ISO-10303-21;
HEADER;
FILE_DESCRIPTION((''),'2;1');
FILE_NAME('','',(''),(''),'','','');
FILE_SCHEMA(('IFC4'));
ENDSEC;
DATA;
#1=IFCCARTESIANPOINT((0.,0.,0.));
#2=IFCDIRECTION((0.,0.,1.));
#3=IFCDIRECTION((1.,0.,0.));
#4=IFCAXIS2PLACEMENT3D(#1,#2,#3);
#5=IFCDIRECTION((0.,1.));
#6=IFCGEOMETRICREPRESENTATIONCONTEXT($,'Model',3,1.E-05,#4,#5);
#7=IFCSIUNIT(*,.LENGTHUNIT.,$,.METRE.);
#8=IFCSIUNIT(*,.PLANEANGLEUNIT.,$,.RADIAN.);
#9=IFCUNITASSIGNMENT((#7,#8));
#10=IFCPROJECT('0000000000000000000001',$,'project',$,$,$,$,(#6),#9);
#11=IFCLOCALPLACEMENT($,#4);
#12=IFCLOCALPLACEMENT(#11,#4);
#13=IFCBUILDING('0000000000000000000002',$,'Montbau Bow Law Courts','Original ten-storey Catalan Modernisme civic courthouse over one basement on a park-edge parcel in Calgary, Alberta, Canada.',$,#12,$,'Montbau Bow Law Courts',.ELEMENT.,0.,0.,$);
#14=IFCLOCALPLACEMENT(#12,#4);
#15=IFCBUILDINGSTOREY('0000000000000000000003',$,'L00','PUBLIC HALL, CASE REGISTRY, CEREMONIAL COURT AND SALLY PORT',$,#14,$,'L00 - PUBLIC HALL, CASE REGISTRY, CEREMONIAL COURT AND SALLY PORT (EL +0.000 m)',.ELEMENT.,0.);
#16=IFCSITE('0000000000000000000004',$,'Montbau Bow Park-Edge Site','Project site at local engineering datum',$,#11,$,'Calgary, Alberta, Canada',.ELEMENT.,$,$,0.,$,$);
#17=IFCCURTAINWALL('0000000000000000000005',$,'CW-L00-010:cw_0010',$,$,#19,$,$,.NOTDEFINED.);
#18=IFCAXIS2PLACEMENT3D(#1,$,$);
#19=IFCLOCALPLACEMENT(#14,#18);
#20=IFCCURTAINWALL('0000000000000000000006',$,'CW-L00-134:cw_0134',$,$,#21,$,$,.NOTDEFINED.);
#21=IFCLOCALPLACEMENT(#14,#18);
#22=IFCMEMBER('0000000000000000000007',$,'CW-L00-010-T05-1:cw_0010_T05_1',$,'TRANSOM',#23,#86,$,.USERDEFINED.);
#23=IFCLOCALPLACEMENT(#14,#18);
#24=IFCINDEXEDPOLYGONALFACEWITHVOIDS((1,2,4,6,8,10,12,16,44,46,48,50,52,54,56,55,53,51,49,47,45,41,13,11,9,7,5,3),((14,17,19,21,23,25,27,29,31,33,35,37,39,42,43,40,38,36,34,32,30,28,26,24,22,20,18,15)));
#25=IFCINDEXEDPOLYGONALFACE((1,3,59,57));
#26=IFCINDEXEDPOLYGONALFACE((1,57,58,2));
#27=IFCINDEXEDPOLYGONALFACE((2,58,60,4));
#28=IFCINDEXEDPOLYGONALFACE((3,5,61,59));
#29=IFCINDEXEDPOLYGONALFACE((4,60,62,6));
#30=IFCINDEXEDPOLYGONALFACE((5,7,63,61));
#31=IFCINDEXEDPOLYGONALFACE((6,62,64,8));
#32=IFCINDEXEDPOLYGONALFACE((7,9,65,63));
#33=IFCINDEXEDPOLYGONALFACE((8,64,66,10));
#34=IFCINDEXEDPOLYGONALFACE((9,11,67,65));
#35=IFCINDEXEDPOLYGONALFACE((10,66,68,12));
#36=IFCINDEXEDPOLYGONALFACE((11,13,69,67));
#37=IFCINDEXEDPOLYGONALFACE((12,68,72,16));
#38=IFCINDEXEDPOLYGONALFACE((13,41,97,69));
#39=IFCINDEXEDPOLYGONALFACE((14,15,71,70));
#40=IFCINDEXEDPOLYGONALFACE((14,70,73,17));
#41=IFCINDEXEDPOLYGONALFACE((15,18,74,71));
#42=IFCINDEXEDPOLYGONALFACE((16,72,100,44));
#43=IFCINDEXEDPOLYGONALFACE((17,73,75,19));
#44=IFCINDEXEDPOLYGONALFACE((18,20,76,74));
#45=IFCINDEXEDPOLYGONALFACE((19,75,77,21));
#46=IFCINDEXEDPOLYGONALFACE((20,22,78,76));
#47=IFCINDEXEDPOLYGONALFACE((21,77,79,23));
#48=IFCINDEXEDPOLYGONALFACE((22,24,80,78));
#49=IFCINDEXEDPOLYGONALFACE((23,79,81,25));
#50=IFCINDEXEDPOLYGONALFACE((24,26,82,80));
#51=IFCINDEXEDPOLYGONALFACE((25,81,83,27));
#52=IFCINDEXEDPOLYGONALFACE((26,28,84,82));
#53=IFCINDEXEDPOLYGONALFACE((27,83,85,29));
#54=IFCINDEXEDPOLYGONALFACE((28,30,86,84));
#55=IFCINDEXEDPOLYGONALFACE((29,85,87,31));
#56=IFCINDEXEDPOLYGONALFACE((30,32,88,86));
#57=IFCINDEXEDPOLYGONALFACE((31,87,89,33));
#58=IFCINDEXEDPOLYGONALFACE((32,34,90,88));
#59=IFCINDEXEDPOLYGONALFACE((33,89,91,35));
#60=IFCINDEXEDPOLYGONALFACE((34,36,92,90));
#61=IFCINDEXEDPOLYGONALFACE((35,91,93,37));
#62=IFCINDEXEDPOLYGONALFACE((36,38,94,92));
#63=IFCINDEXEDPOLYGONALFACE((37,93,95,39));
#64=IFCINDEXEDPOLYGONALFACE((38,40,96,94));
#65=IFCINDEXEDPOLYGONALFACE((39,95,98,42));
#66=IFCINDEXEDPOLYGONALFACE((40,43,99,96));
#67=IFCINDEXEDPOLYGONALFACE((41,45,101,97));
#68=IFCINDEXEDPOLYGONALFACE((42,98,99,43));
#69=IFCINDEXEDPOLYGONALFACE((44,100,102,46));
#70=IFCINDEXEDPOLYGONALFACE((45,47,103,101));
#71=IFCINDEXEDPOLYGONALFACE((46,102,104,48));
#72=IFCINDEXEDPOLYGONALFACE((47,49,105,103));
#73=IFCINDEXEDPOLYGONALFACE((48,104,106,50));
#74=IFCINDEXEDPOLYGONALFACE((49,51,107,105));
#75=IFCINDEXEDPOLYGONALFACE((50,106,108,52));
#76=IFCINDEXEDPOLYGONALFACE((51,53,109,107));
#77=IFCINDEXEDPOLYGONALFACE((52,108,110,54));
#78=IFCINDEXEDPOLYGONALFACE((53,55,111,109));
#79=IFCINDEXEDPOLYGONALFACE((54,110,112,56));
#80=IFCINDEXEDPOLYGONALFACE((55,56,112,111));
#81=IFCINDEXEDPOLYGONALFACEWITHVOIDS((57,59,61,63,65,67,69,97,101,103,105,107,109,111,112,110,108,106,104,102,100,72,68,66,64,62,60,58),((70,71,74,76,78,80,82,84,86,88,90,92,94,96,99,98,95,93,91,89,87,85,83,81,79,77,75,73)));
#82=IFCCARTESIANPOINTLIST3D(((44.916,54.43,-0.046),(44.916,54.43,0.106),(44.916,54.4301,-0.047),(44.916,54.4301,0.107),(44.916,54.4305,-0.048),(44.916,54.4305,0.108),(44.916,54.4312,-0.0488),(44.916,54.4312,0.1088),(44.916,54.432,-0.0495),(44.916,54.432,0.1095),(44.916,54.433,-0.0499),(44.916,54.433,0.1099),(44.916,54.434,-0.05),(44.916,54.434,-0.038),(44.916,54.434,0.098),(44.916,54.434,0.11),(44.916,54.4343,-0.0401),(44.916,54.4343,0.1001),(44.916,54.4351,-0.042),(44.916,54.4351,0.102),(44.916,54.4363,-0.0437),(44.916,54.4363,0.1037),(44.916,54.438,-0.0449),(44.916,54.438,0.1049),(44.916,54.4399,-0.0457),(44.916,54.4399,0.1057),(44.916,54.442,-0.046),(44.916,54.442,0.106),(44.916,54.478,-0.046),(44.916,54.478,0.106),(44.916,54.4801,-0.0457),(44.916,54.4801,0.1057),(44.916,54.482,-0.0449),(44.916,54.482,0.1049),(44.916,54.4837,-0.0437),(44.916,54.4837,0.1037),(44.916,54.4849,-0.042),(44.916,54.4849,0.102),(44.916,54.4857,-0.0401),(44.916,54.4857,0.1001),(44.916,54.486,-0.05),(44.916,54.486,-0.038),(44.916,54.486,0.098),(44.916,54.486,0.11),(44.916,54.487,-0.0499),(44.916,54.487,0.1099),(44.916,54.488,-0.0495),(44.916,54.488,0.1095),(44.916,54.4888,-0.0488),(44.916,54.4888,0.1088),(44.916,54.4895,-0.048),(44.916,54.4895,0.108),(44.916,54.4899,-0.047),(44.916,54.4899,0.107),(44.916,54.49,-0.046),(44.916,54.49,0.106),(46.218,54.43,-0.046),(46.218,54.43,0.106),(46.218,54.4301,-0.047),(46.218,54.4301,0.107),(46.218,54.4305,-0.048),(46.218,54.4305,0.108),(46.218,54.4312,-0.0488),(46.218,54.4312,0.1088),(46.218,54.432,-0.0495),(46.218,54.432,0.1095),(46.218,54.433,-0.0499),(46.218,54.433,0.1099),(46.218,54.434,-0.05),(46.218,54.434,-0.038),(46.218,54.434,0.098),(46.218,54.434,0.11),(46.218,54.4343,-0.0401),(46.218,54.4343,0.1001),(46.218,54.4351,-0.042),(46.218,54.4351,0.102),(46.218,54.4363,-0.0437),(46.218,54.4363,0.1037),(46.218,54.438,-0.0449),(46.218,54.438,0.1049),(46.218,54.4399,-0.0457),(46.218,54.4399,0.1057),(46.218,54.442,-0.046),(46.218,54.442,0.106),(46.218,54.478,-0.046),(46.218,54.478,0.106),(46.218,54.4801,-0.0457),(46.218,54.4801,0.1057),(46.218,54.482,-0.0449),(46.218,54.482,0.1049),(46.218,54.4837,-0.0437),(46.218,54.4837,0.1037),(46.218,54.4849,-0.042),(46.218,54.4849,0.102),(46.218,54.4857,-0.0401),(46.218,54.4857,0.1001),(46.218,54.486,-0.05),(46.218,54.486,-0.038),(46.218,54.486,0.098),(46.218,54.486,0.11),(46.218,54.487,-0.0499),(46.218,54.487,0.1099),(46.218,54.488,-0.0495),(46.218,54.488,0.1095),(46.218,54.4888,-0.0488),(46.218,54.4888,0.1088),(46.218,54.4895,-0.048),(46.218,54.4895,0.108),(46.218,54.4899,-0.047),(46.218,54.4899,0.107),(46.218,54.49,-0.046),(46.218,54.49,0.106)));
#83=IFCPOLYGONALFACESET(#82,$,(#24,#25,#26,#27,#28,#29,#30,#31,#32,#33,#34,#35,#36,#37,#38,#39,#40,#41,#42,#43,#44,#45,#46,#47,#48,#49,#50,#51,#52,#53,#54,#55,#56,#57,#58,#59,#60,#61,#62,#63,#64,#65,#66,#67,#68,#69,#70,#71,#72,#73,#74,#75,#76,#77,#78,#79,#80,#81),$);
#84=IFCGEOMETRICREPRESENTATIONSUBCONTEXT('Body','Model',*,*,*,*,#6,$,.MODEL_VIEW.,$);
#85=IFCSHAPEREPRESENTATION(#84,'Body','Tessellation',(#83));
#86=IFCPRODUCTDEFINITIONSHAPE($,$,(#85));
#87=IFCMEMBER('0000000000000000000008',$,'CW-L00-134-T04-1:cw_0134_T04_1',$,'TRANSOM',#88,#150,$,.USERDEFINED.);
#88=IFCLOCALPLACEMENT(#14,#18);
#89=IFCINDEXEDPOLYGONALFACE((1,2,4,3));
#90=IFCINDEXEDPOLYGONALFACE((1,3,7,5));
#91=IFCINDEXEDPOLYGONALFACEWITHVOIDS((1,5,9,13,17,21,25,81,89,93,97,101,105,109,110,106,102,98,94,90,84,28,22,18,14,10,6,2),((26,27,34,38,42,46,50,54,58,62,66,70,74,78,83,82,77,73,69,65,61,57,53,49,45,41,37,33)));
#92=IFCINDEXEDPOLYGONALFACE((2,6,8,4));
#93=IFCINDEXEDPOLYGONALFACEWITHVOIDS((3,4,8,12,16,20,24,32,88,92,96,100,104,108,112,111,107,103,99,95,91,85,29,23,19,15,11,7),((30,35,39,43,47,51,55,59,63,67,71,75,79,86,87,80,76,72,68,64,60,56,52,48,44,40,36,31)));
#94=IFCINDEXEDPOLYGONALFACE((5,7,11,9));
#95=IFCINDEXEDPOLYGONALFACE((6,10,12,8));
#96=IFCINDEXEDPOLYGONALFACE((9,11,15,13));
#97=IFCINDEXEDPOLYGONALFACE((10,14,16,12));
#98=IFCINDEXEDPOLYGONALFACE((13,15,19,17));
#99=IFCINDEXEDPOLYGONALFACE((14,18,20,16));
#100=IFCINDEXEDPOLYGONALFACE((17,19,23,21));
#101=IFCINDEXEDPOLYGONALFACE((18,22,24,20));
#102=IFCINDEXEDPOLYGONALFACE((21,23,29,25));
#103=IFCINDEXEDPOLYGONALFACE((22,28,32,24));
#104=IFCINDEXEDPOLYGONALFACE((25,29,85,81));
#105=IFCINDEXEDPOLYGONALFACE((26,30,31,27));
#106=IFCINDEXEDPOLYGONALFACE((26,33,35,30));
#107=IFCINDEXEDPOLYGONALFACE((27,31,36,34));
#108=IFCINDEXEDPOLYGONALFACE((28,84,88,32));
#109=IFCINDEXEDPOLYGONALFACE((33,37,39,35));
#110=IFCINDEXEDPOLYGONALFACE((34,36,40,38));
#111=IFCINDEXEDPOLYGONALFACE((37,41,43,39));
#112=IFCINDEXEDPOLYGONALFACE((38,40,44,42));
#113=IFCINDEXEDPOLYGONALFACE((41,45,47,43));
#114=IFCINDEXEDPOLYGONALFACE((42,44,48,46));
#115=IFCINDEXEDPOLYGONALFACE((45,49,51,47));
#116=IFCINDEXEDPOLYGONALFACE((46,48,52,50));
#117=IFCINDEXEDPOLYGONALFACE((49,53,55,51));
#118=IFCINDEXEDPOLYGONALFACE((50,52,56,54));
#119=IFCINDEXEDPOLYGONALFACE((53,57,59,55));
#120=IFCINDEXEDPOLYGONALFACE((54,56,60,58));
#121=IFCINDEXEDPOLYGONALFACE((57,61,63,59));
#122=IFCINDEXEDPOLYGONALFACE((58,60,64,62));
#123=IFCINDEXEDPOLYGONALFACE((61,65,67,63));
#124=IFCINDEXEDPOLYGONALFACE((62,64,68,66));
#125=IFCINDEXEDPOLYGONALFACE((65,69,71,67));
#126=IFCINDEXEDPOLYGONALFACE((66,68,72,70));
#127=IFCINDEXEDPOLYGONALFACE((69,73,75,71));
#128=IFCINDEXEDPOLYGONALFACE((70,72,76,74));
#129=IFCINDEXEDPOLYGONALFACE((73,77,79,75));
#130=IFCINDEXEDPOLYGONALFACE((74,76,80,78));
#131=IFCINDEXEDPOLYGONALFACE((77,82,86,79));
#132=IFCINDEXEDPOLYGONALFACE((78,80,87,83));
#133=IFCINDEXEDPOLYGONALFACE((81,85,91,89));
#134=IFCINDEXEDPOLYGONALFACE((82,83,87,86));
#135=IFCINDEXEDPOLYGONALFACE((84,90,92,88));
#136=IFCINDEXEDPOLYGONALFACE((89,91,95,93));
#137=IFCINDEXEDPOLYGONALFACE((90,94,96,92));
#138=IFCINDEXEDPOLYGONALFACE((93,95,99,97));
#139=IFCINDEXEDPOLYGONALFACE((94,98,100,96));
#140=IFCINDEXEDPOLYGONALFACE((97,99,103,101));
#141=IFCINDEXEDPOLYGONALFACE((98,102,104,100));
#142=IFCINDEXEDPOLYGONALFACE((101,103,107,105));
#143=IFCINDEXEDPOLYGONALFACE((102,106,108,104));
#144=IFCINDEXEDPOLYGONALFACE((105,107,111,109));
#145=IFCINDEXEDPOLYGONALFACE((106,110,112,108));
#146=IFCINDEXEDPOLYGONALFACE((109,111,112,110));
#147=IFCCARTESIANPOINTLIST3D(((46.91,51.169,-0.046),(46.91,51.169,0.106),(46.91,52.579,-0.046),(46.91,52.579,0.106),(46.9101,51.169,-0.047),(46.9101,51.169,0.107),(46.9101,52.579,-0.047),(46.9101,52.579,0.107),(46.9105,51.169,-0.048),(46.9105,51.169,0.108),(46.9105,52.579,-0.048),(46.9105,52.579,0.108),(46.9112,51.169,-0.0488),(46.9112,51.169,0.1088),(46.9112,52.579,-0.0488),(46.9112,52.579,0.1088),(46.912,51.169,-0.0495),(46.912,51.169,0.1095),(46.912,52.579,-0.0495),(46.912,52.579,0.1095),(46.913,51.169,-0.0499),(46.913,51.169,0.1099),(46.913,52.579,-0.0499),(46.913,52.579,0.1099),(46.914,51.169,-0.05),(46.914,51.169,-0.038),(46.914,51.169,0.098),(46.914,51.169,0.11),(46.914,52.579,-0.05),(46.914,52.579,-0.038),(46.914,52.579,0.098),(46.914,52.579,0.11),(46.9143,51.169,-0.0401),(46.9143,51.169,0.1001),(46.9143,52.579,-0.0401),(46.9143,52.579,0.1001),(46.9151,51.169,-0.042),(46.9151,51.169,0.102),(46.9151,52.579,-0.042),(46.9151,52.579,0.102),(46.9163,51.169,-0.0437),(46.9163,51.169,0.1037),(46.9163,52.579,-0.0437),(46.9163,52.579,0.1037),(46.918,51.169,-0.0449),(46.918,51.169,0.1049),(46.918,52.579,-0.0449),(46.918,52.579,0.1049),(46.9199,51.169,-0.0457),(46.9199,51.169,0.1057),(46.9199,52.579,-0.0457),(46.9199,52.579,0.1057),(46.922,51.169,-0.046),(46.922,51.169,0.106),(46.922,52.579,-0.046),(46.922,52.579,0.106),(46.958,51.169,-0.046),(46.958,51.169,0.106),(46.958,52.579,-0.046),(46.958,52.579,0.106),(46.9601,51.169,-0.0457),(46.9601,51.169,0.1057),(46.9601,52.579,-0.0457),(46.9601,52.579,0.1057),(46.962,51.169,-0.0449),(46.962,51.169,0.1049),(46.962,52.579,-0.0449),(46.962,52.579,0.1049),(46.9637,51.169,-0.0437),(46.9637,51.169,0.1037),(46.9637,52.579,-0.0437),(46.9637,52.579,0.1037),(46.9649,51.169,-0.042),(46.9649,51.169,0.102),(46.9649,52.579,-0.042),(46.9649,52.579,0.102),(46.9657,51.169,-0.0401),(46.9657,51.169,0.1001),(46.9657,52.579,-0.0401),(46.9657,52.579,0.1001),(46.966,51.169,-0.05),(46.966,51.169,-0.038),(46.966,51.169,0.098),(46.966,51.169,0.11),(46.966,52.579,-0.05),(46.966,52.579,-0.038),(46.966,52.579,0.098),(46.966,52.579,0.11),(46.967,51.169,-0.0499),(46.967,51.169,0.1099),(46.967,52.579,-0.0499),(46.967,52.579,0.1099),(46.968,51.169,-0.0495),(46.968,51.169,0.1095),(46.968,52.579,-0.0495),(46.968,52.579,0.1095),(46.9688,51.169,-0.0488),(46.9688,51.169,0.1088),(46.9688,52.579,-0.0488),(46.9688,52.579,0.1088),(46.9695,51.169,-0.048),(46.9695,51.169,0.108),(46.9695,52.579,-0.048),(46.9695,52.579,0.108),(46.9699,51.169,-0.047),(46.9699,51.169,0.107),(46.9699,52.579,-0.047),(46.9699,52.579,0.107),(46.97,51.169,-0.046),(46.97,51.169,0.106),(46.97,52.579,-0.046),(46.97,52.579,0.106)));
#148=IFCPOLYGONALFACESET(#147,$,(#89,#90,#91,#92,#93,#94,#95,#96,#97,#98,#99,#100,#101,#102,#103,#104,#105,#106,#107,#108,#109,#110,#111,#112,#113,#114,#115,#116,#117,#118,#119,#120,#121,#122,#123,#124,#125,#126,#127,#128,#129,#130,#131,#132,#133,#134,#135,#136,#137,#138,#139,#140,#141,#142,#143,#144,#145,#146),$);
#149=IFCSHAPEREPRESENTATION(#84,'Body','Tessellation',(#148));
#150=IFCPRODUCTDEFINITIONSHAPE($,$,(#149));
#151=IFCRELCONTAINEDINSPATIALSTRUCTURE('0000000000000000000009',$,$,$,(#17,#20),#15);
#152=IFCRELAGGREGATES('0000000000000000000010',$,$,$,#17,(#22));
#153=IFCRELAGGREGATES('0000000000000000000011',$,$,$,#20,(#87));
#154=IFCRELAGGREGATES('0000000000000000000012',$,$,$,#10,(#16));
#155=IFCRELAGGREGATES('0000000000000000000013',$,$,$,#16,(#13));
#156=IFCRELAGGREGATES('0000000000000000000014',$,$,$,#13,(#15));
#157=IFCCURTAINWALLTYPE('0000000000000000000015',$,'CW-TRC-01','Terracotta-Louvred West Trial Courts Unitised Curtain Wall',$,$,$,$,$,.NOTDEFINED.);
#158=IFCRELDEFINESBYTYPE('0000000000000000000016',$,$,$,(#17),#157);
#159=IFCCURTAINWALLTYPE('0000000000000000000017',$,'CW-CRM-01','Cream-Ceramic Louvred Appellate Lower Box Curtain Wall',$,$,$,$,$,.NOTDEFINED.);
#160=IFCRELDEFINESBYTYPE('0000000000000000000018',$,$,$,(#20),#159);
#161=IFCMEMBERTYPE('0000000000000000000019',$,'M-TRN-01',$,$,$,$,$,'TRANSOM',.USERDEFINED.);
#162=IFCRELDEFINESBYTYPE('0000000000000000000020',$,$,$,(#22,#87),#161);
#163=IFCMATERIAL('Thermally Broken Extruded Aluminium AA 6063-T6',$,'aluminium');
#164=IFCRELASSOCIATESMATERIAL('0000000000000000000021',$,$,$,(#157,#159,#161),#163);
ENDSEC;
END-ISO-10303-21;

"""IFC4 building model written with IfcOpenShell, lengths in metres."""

from ifc_helpers import new_model, si_unit, direction, frame, origin_with_axes, origin_2d_with_axis, place, context, subcontext, project, spatial, hollow_rectangle, extrude, material, material_profile, profile_set, type_object, element, aggregate, save


model = new_model("IFC4")

# Units and contexts
model_context = context("Model", 3, precision=1e-05, world=origin_with_axes(), true_north=direction((0.0, 1.0)))
body_context = subcontext(model_context, "Body", "Model", "MODEL_VIEW")
ifc_project = project(units=[si_unit("LENGTHUNIT", "METRE"), si_unit("PLANEANGLEUNIT", "RADIAN")], contexts=[model_context])

# Site, building, storey
site_placement = place(None, origin_with_axes())
site = spatial("IfcSite", under=ifc_project, at=site_placement, Name="Montbau Bow Park-Edge Site", Description="Project site at local engineering datum", LongName="Calgary, Alberta, Canada", CompositionType="ELEMENT", RefElevation=0.0)
building_placement = place(site_placement, origin_with_axes())
building = spatial("IfcBuilding", under=site, at=building_placement, Name="Montbau Bow Law Courts", Description="Original ten-storey Catalan Modernisme civic courthouse over one basement on a park-edge parcel in Calgary, Alberta, Canada.", LongName="Montbau Bow Law Courts", CompositionType="ELEMENT", ElevationOfRefHeight=0.0, ElevationOfTerrain=0.0)
storey_placement = place(building_placement, origin_with_axes())
storey = spatial("IfcBuildingStorey", under=building, at=storey_placement, Name="L00", Description="PUBLIC HALL, CASE REGISTRY, CEREMONIAL COURT AND SALLY PORT", LongName="L00 - PUBLIC HALL, CASE REGISTRY, CEREMONIAL COURT AND SALLY PORT (EL +0.000 m)", CompositionType="ELEMENT", Elevation=0.0)

# Curtain walls
ifc_material_1 = material(Name="Thermally Broken Extruded Aluminium AA 6063-T6", Category="aluminium")
curtain_wall_type_1 = type_object("IfcCurtainWallType", Name="CW-TRC-01", Description="Terracotta-Louvred West Trial Courts Unitised Curtain Wall", PredefinedType="NOTDEFINED", material=ifc_material_1)
curtain_wall_1_placement = place(None, frame((39.268, 54.46, 0.0), z_axis=(0.0, 0.0, 1.0), x_axis=(1.0, 0.0, 0.0)))
curtain_wall_1 = element("IfcCurtainWall", 1, at=curtain_wall_1_placement, inside=storey, type_object=curtain_wall_type_1, Name="CW-L00-010:cw_0010", PredefinedType="NOTDEFINED")
curtain_wall_type_2 = type_object("IfcCurtainWallType", Name="CW-CRM-01", Description="Cream-Ceramic Louvred Appellate Lower Box Curtain Wall", PredefinedType="NOTDEFINED", material=ifc_material_1)
curtain_wall_2_placement = place(None, frame((46.94, 46.715, 0.0), z_axis=(0.0, 0.0, 1.0), x_axis=(1.0, 0.0, 0.0)))
curtain_wall_2 = element("IfcCurtainWall", 2, at=curtain_wall_2_placement, inside=storey, type_object=curtain_wall_type_2, Name="CW-L00-134:cw_0134", PredefinedType="NOTDEFINED")

# Members
ifc_material_profile_1 = material_profile(ifc_material_1, hollow_rectangle(XDim=0.06, YDim=0.16, WallThickness=0.004, InnerFilletRadius=0.008, OuterFilletRadius=0.004, at=origin_2d_with_axis()), Name="CWT-160X60", Category="Main", Priority=0)
ifc_profile_set_1 = profile_set([ifc_material_profile_1], Name="Thermally Broken Extruded Aluminium AA 6063-T6")
member_type_1 = type_object("IfcMemberType", Name="M-TRN-01", ElementType="TRANSOM", PredefinedType="USERDEFINED", material=ifc_profile_set_1)
member_1_placement = place(None, frame((44.916, 54.46, 0.03), z_axis=(1.0, 0.0, 0.0), x_axis=(0.0, 1.0, 0.0)))
member_1 = element("IfcMember", 3, at=member_1_placement, type_object=member_type_1, Name="CW-L00-010-T05-1:cw_0010_T05_1", ObjectType="TRANSOM", PredefinedType="USERDEFINED", context=body_context, shape_type="SweptSolid", body=[
    extrude(hollow_rectangle(XDim=0.06, YDim=0.16, WallThickness=0.004, InnerFilletRadius=0.008, OuterFilletRadius=0.004, at=origin_2d_with_axis()), origin_with_axes(), (0.0, 0.0, 1.0), 1.302),
])
aggregate(curtain_wall_1, [member_1])
member_2_placement = place(None, frame((46.94, 51.169, 0.03), z_axis=(0.0, 1.0, 0.0), x_axis=(-1.0, 0.0, 0.0)))
member_2 = element("IfcMember", 4, at=member_2_placement, type_object=member_type_1, Name="CW-L00-134-T04-1:cw_0134_T04_1", ObjectType="TRANSOM", PredefinedType="USERDEFINED", context=body_context, shape_type="SweptSolid", body=[
    extrude(hollow_rectangle(XDim=0.06, YDim=0.16, WallThickness=0.004, InnerFilletRadius=0.008, OuterFilletRadius=0.004, at=origin_2d_with_axis()), origin_with_axes(), (0.0, 0.0, 1.0), 1.41),
])
aggregate(curtain_wall_2, [member_2])

save(model, "model.ifc")
